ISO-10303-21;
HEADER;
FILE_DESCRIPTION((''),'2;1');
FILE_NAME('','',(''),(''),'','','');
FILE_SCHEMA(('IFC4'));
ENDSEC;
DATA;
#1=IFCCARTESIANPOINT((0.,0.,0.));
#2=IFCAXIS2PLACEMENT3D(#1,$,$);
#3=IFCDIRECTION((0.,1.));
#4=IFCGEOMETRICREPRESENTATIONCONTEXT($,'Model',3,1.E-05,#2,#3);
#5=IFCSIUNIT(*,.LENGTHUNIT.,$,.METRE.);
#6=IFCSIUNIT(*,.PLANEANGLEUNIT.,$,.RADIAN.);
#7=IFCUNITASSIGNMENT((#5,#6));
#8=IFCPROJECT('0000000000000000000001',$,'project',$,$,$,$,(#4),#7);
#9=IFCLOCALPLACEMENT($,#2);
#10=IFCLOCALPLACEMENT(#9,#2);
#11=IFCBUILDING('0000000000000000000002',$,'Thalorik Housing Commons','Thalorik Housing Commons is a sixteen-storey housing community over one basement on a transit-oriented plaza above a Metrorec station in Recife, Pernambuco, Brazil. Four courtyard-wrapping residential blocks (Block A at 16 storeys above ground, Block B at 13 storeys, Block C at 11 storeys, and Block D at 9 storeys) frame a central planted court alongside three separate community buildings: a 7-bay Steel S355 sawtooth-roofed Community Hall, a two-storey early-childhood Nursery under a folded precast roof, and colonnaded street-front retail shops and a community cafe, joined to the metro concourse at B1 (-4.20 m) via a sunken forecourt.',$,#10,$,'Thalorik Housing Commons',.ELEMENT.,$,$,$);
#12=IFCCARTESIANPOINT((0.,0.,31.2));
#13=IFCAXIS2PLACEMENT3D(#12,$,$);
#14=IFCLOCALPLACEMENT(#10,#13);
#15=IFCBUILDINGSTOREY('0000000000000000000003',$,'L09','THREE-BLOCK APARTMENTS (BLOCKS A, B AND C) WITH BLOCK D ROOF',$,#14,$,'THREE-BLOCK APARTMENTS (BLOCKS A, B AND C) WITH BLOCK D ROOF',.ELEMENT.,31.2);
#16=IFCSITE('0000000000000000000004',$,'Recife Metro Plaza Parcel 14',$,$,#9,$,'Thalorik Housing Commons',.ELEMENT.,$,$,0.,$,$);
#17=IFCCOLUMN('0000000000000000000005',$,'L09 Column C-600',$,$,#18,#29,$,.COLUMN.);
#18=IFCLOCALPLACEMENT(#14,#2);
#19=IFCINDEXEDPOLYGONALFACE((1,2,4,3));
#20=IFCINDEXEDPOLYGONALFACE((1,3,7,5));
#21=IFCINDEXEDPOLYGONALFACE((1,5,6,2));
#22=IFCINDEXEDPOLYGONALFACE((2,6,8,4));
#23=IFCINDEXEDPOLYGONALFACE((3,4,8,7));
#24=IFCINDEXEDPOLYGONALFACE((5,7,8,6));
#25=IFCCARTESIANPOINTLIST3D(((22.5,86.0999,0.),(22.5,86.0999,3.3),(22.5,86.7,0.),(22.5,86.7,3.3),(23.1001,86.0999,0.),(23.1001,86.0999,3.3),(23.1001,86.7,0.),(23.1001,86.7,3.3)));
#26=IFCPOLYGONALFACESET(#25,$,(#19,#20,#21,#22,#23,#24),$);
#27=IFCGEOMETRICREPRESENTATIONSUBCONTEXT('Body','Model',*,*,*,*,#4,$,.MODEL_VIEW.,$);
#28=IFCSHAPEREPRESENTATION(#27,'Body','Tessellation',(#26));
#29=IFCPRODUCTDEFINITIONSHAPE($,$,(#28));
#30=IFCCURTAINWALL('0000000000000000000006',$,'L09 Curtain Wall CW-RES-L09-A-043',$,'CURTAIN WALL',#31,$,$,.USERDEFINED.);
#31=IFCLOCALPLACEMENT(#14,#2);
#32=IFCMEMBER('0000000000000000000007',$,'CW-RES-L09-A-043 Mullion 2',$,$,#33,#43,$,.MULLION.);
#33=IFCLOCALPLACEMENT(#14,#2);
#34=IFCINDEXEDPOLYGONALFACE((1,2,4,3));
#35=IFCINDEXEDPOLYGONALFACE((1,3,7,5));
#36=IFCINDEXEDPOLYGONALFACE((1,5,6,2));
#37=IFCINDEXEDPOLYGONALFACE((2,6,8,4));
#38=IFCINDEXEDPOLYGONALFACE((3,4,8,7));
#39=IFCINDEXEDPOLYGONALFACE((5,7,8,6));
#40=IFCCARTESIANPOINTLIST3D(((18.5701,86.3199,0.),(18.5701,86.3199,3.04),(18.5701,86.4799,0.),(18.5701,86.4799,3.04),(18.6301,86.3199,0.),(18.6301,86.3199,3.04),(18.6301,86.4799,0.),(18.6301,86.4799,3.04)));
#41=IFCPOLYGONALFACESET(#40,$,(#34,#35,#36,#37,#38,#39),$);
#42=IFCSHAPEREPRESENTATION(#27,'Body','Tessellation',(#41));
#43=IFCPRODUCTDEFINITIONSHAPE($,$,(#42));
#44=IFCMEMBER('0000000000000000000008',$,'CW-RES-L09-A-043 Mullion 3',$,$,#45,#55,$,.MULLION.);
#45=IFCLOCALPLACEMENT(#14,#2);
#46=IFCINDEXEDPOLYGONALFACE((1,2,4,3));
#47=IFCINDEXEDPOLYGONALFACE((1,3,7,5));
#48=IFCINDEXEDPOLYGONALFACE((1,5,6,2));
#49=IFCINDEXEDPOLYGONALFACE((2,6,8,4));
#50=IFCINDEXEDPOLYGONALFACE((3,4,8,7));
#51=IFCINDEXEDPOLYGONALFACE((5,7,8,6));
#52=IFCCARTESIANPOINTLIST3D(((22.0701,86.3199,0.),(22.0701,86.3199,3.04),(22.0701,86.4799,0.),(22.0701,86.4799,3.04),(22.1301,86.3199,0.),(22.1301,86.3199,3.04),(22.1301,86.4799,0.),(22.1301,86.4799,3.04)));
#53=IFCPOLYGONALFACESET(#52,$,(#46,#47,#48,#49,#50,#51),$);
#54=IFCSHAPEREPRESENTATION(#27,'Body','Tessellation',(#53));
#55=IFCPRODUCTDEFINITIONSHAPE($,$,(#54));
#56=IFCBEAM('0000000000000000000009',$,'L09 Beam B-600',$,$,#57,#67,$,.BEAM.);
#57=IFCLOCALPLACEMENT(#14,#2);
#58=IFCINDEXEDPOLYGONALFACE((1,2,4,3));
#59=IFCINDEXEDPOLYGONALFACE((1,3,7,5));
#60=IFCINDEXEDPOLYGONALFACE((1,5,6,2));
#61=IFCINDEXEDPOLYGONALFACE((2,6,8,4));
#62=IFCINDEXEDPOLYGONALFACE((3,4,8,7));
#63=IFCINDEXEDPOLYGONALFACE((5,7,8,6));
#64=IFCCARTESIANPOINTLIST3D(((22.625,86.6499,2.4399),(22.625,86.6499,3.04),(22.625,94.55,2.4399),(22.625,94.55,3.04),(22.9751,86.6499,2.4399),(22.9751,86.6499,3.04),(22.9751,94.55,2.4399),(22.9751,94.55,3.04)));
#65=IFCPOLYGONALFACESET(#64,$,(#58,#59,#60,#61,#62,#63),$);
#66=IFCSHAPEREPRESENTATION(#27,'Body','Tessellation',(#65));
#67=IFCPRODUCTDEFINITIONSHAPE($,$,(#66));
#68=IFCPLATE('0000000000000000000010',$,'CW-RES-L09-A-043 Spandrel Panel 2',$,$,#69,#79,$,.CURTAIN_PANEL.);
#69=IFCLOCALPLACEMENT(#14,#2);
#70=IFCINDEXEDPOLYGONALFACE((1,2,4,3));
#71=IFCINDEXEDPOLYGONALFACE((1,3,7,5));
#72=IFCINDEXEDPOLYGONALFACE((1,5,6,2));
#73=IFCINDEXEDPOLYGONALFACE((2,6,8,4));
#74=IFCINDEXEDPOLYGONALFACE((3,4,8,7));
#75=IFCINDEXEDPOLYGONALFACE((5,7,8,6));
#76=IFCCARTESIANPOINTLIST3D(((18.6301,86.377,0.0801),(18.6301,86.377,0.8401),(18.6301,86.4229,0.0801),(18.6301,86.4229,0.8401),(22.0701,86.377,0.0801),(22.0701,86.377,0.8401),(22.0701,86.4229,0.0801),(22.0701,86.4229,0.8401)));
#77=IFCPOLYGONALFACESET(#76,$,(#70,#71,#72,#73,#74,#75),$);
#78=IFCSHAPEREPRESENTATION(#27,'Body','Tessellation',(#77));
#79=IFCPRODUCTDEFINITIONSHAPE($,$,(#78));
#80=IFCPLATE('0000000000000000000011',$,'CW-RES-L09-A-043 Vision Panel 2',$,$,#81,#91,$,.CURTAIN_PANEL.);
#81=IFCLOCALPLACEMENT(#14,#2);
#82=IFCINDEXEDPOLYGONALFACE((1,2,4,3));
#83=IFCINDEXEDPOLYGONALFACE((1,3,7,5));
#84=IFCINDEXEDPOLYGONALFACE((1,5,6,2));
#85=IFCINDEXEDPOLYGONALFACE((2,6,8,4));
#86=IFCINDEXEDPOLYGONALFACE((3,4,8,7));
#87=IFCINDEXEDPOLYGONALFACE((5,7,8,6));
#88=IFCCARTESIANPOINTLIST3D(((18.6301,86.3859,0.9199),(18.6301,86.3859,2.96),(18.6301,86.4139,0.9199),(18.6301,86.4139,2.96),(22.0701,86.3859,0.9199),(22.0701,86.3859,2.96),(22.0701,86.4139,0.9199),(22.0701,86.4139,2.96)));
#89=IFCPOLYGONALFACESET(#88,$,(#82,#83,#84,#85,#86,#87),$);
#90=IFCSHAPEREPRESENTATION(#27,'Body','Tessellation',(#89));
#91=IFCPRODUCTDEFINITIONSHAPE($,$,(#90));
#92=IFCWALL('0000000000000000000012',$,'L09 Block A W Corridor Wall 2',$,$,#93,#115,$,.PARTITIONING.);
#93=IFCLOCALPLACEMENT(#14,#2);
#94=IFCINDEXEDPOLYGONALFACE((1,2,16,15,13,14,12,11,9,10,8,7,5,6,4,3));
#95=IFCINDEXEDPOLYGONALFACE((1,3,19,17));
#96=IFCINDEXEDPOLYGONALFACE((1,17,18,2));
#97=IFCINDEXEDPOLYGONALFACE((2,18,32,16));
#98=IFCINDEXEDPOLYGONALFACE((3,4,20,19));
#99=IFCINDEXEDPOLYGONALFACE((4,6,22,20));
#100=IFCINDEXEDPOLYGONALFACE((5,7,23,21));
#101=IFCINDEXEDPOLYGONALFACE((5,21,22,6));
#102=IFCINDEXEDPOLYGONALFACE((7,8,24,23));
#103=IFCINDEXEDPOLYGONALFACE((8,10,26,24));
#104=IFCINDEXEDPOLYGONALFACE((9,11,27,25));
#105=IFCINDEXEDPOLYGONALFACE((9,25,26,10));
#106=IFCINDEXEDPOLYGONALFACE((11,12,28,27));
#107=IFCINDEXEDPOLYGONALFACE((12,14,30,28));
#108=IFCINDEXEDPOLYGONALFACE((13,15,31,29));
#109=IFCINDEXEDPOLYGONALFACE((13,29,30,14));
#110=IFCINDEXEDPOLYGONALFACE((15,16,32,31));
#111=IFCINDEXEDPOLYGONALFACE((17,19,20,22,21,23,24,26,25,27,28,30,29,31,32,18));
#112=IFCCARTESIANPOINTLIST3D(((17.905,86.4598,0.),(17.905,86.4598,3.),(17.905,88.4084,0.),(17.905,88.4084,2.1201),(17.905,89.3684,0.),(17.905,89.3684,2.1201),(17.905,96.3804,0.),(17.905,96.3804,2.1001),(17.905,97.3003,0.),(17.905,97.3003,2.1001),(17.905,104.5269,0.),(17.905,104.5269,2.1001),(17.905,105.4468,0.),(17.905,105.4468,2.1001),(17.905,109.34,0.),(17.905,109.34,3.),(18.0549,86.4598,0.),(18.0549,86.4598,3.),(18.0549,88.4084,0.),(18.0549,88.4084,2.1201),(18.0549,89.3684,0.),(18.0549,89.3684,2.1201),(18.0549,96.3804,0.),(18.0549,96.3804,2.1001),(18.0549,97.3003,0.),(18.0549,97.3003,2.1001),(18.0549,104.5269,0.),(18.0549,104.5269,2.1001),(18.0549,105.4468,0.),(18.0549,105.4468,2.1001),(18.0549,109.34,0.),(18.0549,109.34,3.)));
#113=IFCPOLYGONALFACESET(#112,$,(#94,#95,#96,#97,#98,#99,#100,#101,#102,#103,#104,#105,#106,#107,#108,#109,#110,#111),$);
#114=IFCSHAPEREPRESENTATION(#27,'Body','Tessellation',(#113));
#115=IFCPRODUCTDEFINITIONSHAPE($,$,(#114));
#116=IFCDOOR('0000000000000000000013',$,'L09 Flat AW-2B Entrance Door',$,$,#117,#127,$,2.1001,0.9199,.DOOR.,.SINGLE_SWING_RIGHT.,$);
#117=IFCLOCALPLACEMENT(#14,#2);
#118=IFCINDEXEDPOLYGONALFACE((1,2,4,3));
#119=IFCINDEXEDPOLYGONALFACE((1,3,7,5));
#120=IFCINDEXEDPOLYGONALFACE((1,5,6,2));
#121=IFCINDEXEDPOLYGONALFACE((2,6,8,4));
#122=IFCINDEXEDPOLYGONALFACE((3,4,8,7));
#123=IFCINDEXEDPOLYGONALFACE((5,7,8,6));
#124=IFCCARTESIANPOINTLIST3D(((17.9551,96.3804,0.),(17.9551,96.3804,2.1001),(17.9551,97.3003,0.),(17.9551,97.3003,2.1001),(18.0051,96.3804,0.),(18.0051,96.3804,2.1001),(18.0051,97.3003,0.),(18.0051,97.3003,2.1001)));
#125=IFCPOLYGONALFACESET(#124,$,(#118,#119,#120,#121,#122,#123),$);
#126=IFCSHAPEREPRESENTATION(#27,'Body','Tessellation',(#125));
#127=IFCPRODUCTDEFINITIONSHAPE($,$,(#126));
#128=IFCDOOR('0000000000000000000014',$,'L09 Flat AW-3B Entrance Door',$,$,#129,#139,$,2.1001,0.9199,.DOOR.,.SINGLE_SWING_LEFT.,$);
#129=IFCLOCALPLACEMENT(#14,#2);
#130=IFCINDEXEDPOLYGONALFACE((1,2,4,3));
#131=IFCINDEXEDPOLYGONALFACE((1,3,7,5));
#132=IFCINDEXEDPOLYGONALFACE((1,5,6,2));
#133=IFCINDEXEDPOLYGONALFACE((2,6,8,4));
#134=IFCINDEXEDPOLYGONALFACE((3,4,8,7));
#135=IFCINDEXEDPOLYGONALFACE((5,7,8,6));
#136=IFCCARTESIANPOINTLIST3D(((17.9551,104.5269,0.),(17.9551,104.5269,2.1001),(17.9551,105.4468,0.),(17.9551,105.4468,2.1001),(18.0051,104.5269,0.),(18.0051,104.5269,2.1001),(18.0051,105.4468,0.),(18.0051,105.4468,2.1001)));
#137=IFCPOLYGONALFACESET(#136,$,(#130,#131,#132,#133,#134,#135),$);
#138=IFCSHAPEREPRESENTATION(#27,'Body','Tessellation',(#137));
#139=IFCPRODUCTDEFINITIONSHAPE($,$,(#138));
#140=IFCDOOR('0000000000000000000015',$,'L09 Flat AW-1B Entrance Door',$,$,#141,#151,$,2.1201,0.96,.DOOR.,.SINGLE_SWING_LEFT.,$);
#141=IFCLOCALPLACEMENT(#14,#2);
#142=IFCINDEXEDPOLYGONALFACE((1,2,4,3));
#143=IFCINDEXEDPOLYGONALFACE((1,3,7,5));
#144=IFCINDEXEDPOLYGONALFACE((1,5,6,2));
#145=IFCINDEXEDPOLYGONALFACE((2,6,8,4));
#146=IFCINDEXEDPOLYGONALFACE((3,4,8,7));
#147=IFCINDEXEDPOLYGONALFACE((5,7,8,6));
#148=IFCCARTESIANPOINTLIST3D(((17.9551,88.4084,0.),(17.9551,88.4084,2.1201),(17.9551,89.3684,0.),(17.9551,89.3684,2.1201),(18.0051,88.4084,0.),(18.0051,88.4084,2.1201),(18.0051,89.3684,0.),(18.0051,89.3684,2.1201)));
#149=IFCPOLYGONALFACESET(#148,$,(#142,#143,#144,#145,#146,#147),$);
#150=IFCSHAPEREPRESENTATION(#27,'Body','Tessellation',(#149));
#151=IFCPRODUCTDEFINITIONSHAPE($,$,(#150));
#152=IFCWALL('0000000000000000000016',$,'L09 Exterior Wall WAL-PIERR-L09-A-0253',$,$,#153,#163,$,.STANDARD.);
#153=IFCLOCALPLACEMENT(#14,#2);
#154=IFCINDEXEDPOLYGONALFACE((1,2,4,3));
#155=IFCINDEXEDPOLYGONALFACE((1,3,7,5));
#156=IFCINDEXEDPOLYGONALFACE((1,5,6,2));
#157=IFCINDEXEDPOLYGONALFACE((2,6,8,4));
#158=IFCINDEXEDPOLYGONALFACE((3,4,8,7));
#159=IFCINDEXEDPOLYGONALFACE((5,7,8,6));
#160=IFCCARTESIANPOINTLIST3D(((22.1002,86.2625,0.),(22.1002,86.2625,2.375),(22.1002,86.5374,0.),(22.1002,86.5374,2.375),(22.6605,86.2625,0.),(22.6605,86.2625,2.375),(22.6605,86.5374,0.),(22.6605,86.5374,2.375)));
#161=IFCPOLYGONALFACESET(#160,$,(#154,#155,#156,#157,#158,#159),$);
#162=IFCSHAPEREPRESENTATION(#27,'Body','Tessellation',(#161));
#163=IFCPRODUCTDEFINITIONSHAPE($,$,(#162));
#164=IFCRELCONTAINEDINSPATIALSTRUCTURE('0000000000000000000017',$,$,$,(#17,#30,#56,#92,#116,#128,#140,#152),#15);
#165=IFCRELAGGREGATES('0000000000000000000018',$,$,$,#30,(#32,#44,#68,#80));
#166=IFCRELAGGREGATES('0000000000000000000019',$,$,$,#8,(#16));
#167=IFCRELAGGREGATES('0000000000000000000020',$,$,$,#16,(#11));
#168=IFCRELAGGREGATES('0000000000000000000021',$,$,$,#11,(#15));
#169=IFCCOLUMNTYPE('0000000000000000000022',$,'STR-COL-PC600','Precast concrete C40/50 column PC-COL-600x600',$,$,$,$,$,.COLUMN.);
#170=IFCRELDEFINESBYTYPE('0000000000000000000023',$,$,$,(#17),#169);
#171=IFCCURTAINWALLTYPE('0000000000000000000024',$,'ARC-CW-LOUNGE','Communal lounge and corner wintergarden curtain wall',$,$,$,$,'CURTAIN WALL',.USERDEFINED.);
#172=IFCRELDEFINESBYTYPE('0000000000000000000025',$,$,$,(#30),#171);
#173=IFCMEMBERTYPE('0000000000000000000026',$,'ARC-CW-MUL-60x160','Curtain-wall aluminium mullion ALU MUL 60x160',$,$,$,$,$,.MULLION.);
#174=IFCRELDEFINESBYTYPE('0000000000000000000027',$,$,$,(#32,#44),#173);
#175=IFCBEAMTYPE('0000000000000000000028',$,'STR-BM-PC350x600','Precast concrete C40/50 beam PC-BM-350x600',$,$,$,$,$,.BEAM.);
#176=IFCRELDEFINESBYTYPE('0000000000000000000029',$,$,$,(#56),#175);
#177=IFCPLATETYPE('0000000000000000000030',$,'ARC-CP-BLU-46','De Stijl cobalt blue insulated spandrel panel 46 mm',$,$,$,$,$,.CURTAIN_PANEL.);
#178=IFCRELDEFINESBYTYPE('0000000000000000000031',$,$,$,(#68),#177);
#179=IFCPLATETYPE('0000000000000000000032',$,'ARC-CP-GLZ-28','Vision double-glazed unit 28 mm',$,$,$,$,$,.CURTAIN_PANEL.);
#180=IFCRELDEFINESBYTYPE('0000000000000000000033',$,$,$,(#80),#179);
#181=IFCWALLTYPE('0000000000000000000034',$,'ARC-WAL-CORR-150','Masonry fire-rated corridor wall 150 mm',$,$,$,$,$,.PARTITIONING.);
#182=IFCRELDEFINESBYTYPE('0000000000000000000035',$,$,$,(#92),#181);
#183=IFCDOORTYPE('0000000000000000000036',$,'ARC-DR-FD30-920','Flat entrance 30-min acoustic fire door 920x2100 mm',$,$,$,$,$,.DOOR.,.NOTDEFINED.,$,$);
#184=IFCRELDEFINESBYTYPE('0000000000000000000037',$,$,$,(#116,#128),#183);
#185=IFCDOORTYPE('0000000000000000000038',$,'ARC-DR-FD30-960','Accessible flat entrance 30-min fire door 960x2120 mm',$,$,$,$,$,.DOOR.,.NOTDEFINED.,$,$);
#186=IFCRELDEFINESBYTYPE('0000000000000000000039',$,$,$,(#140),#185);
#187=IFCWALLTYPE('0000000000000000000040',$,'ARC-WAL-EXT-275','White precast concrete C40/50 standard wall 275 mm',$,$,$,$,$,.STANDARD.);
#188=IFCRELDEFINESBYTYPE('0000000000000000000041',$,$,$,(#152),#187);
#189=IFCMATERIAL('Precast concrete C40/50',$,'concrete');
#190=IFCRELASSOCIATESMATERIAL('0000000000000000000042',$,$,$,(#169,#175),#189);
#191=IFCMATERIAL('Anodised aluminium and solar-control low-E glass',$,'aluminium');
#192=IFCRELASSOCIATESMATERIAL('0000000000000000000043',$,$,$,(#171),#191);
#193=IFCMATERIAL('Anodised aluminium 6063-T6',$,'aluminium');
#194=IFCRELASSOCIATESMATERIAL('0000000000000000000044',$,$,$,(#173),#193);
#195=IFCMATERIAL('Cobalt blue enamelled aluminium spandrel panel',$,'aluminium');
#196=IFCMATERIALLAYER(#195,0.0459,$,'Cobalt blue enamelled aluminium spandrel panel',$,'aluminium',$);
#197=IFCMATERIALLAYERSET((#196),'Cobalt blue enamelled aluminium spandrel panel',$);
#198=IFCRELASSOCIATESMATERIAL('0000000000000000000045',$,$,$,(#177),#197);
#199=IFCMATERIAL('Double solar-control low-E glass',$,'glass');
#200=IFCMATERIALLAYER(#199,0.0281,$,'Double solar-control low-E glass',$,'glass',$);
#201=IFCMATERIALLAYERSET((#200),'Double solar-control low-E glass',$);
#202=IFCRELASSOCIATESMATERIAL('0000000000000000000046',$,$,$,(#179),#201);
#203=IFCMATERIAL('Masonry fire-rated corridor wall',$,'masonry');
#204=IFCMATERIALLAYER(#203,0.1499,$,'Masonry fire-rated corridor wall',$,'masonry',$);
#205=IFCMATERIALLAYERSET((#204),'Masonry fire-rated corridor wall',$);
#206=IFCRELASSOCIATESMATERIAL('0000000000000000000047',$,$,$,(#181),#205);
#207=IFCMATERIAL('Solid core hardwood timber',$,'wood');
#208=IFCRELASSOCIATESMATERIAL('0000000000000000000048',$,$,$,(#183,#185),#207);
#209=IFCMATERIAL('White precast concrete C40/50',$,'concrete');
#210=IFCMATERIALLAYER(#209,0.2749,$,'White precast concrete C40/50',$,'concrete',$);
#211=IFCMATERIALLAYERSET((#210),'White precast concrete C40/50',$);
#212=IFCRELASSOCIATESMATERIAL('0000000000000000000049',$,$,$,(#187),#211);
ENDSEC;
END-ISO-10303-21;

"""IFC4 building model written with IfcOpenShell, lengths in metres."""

from ifc_helpers import new_model, si_unit, direction, frame, frame_2d, origin, origin_2d, place, context, subcontext, project, spatial, rectangle, extrude, material, layer, layer_set, material_profile, profile_set, type_object, element, fill, aggregate, save


model = new_model("IFC4")

# Units and contexts
model_context = context("Model", 3, precision=1e-05, world=origin(), true_north=direction((0.0, 1.0)))
body_context = subcontext(model_context, "Body", "Model", "MODEL_VIEW")
ifc_project = project(units=[si_unit("LENGTHUNIT", "METRE"), si_unit("PLANEANGLEUNIT", "RADIAN")], contexts=[model_context])

# Site, building, storey
site_placement = place(None, origin())
site = spatial("IfcSite", under=ifc_project, at=site_placement, Name="Recife Metro Plaza Parcel 14", LongName="Thalorik Housing Commons", CompositionType="ELEMENT", RefElevation=0.0)
building_placement = place(site_placement, origin())
building = spatial("IfcBuilding", under=site, at=building_placement, Name="Thalorik Housing Commons", Description="Thalorik Housing Commons is a sixteen-storey housing community over one basement on a transit-oriented plaza above a Metrorec station in Recife, Pernambuco, Brazil. Four courtyard-wrapping residential blocks (Block A at 16 storeys above ground, Block B at 13 storeys, Block C at 11 storeys, and Block D at 9 storeys) frame a central planted court alongside three separate community buildings: a 7-bay Steel S355 sawtooth-roofed Community Hall, a two-storey early-childhood Nursery under a folded precast roof, and colonnaded street-front retail shops and a community cafe, joined to the metro concourse at B1 (-4.20 m) via a sunken forecourt.", LongName="Thalorik Housing Commons", CompositionType="ELEMENT")
storey_placement = place(building_placement, frame((0.0, 0.0, 31.2)))
storey = spatial("IfcBuildingStorey", under=building, at=storey_placement, Name="L09", Description="THREE-BLOCK APARTMENTS (BLOCKS A, B AND C) WITH BLOCK D ROOF", LongName="THREE-BLOCK APARTMENTS (BLOCKS A, B AND C) WITH BLOCK D ROOF", CompositionType="ELEMENT", Elevation=31.2)

# Column
ifc_material_1 = material(Name="Precast concrete C40/50", Category="concrete")
ifc_material_profile_1 = material_profile(ifc_material_1, rectangle(XDim=0.6001, YDim=0.6001, at=origin_2d()), Name="PC 600x600", Category="concrete")
ifc_profile_set_1 = profile_set([ifc_material_profile_1], Name="Precast concrete C40/50")
column_type = type_object("IfcColumnType", Name="STR-COL-PC600", Description="Precast concrete C40/50 column PC-COL-600x600", PredefinedType="COLUMN", material=ifc_profile_set_1)
column_placement = place(storey_placement, frame((22.8, 86.3999, 0.0), z_axis=(0.0, 0.0, 1.0), x_axis=(1.0, 0.0, 0.0)))
element("IfcColumn", 1, at=column_placement, inside=storey, type_object=column_type, Name="L09 Column C-600", PredefinedType="COLUMN", context=body_context, shape_type="SweptSolid", body=[
    extrude(rectangle(XDim=0.6001, YDim=0.6001, at=origin_2d()), origin(), (0.0, 0.0, 1.0), 3.3),
])

# Curtain wall, members
ifc_material_2 = material(Name="Anodised aluminium and solar-control low-E glass", Category="aluminium")
curtain_wall_type = type_object("IfcCurtainWallType", Name="ARC-CW-LOUNGE", Description="Communal lounge and corner wintergarden curtain wall", ElementType="CURTAIN WALL", PredefinedType="USERDEFINED", material=ifc_material_2)
curtain_wall_placement = place(storey_placement, origin())
curtain_wall = element("IfcCurtainWall", 2, at=curtain_wall_placement, inside=storey, type_object=curtain_wall_type, Name="L09 Curtain Wall CW-RES-L09-A-043", ObjectType="CURTAIN WALL", PredefinedType="USERDEFINED")
ifc_material_3 = material(Name="Anodised aluminium 6063-T6", Category="aluminium")
ifc_material_profile_2 = material_profile(ifc_material_3, rectangle(XDim=0.0601, YDim=0.1599, at=origin_2d()), Name="ALU MUL 60x160", Category="aluminium")
ifc_profile_set_2 = profile_set([ifc_material_profile_2], Name="Anodised aluminium 6063-T6")
member_type = type_object("IfcMemberType", Name="ARC-CW-MUL-60x160", Description="Curtain-wall aluminium mullion ALU MUL 60x160", PredefinedType="MULLION", material=ifc_profile_set_2)
member_1_placement = place(storey_placement, frame((18.6001, 86.3999, 0.0), z_axis=(0.0, 0.0, 1.0), x_axis=(1.0, 0.0, 0.0)))
member_1 = element("IfcMember", 3, at=member_1_placement, type_object=member_type, Name="CW-RES-L09-A-043 Mullion 2", PredefinedType="MULLION", context=body_context, shape_type="SweptSolid", body=[
    extrude(rectangle(XDim=0.0601, YDim=0.1599, at=origin_2d()), origin(), (0.0, 0.0, 1.0), 3.04),
])
member_2_placement = place(storey_placement, frame((22.1001, 86.3999, 0.0), z_axis=(0.0, 0.0, 1.0), x_axis=(1.0, 0.0, 0.0)))
member_2 = element("IfcMember", 4, at=member_2_placement, type_object=member_type, Name="CW-RES-L09-A-043 Mullion 3", PredefinedType="MULLION", context=body_context, shape_type="SweptSolid", body=[
    extrude(rectangle(XDim=0.0601, YDim=0.1599, at=origin_2d()), origin(), (0.0, 0.0, 1.0), 3.04),
])

# Beam
ifc_material_profile_3 = material_profile(ifc_material_1, rectangle(XDim=0.3501, YDim=0.6001, at=origin_2d()), Name="PC 350x600", Category="concrete")
ifc_profile_set_3 = profile_set([ifc_material_profile_3], Name="Precast concrete C40/50")
beam_type = type_object("IfcBeamType", Name="STR-BM-PC350x600", Description="Precast concrete C40/50 beam PC-BM-350x600", PredefinedType="BEAM", material=ifc_profile_set_3)
beam_placement = place(storey_placement, frame((22.8, 86.6499, 2.74), z_axis=(0.0, 1.0, 0.0), x_axis=(-1.0, 0.0, 0.0)))
element("IfcBeam", 5, at=beam_placement, inside=storey, type_object=beam_type, Name="L09 Beam B-600", PredefinedType="BEAM", context=body_context, shape_type="SweptSolid", body=[
    extrude(rectangle(XDim=0.3501, YDim=0.6001, at=origin_2d()), origin(), (0.0, 0.0, 1.0), 7.9001),
])

# Plates
ifc_material_4 = material(Name="Cobalt blue enamelled aluminium spandrel panel", Category="aluminium")
ifc_layer_1 = layer(ifc_material_4, 0.0459, Name="Cobalt blue enamelled aluminium spandrel panel", Category="aluminium")
ifc_layer_set_1 = layer_set([ifc_layer_1], Name="Cobalt blue enamelled aluminium spandrel panel")
plate_type_1 = type_object("IfcPlateType", Name="ARC-CP-BLU-46", Description="De Stijl cobalt blue insulated spandrel panel 46 mm", PredefinedType="CURTAIN_PANEL", material=ifc_layer_set_1)
plate_1_placement = place(storey_placement, frame((20.3501, 86.3999, 0.0801), z_axis=(0.0, 0.0, 1.0), x_axis=(1.0, 0.0, 0.0)))
plate_1 = element("IfcPlate", 6, at=plate_1_placement, type_object=plate_type_1, Name="CW-RES-L09-A-043 Spandrel Panel 2", PredefinedType="CURTAIN_PANEL", context=body_context, shape_type="SweptSolid", body=[
    extrude(rectangle(XDim=3.4399, YDim=0.0459, at=origin_2d()), origin(), (0.0, 0.0, 1.0), 0.76),
])
ifc_material_5 = material(Name="Double solar-control low-E glass", Category="glass")
ifc_layer_2 = layer(ifc_material_5, 0.0281, Name="Double solar-control low-E glass", Category="glass")
ifc_layer_set_2 = layer_set([ifc_layer_2], Name="Double solar-control low-E glass")
plate_type_2 = type_object("IfcPlateType", Name="ARC-CP-GLZ-28", Description="Vision double-glazed unit 28 mm", PredefinedType="CURTAIN_PANEL", material=ifc_layer_set_2)
plate_2_placement = place(storey_placement, frame((20.3501, 86.3999, 0.9199), z_axis=(0.0, 0.0, 1.0), x_axis=(1.0, 0.0, 0.0)))
plate_2 = element("IfcPlate", 7, at=plate_2_placement, type_object=plate_type_2, Name="CW-RES-L09-A-043 Vision Panel 2", PredefinedType="CURTAIN_PANEL", context=body_context, shape_type="SweptSolid", body=[
    extrude(rectangle(XDim=3.4399, YDim=0.0281, at=origin_2d()), origin(), (0.0, 0.0, 1.0), 2.04),
])
aggregate(curtain_wall, [member_1, member_2, plate_1, plate_2])

# Wall, openings, doors
ifc_material_6 = material(Name="Masonry fire-rated corridor wall", Category="masonry")
ifc_layer_3 = layer(ifc_material_6, 0.1499, Name="Masonry fire-rated corridor wall", Category="masonry")
ifc_layer_set_3 = layer_set([ifc_layer_3], Name="Masonry fire-rated corridor wall")
wall_type_1 = type_object("IfcWallType", Name="ARC-WAL-CORR-150", Description="Masonry fire-rated corridor wall 150 mm", PredefinedType="PARTITIONING", material=ifc_layer_set_3)
wall_1_placement = place(storey_placement, frame((17.98, 86.46, 0.0), z_axis=(0.0, 0.0, 1.0), x_axis=(0.0, 1.0, 0.0)))
wall_1 = element("IfcWall", 8, at=wall_1_placement, inside=storey, type_object=wall_type_1, Name="L09 Block A W Corridor Wall 2", PredefinedType="PARTITIONING", context=body_context, shape_type="SweptSolid", body=[
    extrude(rectangle(XDim=22.8801, YDim=0.1499, at=frame_2d((11.4399, 0.0))), origin(), (0.0, 0.0, 1.0), 3.0),
])
opening_1_placement = place(wall_1_placement, frame((1.9485, 0.0, 0.0)))
opening_1 = element("IfcOpeningElement", 9, at=opening_1_placement, cuts=wall_1, PredefinedType="OPENING", context=body_context, shape_type="SweptSolid", body=[
    extrude(rectangle(XDim=0.96, YDim=2.1201, at=frame_2d((0.48, 1.0601))), frame((0.0, 0.085, 0.0), z_axis=(0.0, -1.0, 0.0), x_axis=(1.0, 0.0, 0.0)), (0.0, 0.0, 1.0), 0.1699),
])
opening_2_placement = place(wall_1_placement, frame((9.9204, 0.0, 0.0)))
opening_2 = element("IfcOpeningElement", 10, at=opening_2_placement, cuts=wall_1, PredefinedType="OPENING", context=body_context, shape_type="SweptSolid", body=[
    extrude(rectangle(XDim=0.9199, YDim=2.1001, at=frame_2d((0.46, 1.05))), frame((0.0, 0.085, 0.0), z_axis=(0.0, -1.0, 0.0), x_axis=(1.0, 0.0, 0.0)), (0.0, 0.0, 1.0), 0.1699),
])
opening_3_placement = place(wall_1_placement, frame((18.0669, 0.0, 0.0)))
opening_3 = element("IfcOpeningElement", 11, at=opening_3_placement, cuts=wall_1, PredefinedType="OPENING", context=body_context, shape_type="SweptSolid", body=[
    extrude(rectangle(XDim=0.9199, YDim=2.1001, at=frame_2d((0.46, 1.05))), frame((0.0, 0.085, 0.0), z_axis=(0.0, -1.0, 0.0), x_axis=(1.0, 0.0, 0.0)), (0.0, 0.0, 1.0), 0.1699),
])
ifc_material_7 = material(Name="Solid core hardwood timber", Category="wood")
door_type_1 = type_object("IfcDoorType", Name="ARC-DR-FD30-920", Description="Flat entrance 30-min acoustic fire door 920x2100 mm", OperationType="NOTDEFINED", PredefinedType="DOOR", material=ifc_material_7)
door_1_placement = place(opening_2_placement, origin())
door_1 = element("IfcDoor", 12, at=door_1_placement, inside=storey, type_object=door_type_1, Name="L09 Flat AW-2B Entrance Door", OperationType="SINGLE_SWING_RIGHT", OverallHeight=2.1001, OverallWidth=0.9199, PredefinedType="DOOR", context=body_context, shape_type="SweptSolid", body=[
    extrude(rectangle(XDim=0.9199, YDim=2.1001, at=frame_2d((0.46, 1.05))), frame((0.0, 0.0249, 0.0), z_axis=(0.0, -1.0, 0.0), x_axis=(1.0, 0.0, 0.0)), (0.0, 0.0, 1.0), 0.05),
])
fill(opening_2, door_1)
door_2_placement = place(opening_3_placement, origin())
door_2 = element("IfcDoor", 13, at=door_2_placement, inside=storey, type_object=door_type_1, Name="L09 Flat AW-3B Entrance Door", OperationType="SINGLE_SWING_LEFT", OverallHeight=2.1001, OverallWidth=0.9199, PredefinedType="DOOR", context=body_context, shape_type="SweptSolid", body=[
    extrude(rectangle(XDim=0.9199, YDim=2.1001, at=frame_2d((0.46, 1.05))), frame((0.0, 0.0249, 0.0), z_axis=(0.0, -1.0, 0.0), x_axis=(1.0, 0.0, 0.0)), (0.0, 0.0, 1.0), 0.05),
])
fill(opening_3, door_2)
door_type_2 = type_object("IfcDoorType", Name="ARC-DR-FD30-960", Description="Accessible flat entrance 30-min fire door 960x2120 mm", OperationType="NOTDEFINED", PredefinedType="DOOR", material=ifc_material_7)
door_3_placement = place(opening_1_placement, origin())
door_3 = element("IfcDoor", 14, at=door_3_placement, inside=storey, type_object=door_type_2, Name="L09 Flat AW-1B Entrance Door", OperationType="SINGLE_SWING_LEFT", OverallHeight=2.1201, OverallWidth=0.96, PredefinedType="DOOR", context=body_context, shape_type="SweptSolid", body=[
    extrude(rectangle(XDim=0.96, YDim=2.1201, at=frame_2d((0.48, 1.0601))), frame((0.0, 0.0249, 0.0), z_axis=(0.0, -1.0, 0.0), x_axis=(1.0, 0.0, 0.0)), (0.0, 0.0, 1.0), 0.05),
])
fill(opening_1, door_3)

# Wall
ifc_material_8 = material(Name="White precast concrete C40/50", Category="concrete")
ifc_layer_4 = layer(ifc_material_8, 0.2749, Name="White precast concrete C40/50", Category="concrete")
ifc_layer_set_4 = layer_set([ifc_layer_4], Name="White precast concrete C40/50")
wall_type_2 = type_object("IfcWallType", Name="ARC-WAL-EXT-275", Description="White precast concrete C40/50 standard wall 275 mm", PredefinedType="STANDARD", material=ifc_layer_set_4)
wall_2_placement = place(storey_placement, frame((22.1001, 86.3999, 0.0), z_axis=(0.0, 0.0, 1.0), x_axis=(1.0, 0.0, 0.0)))
element("IfcWall", 15, at=wall_2_placement, inside=storey, type_object=wall_type_2, Name="L09 Exterior Wall WAL-PIERR-L09-A-0253", PredefinedType="STANDARD", context=body_context, shape_type="SweptSolid", body=[
    extrude(rectangle(XDim=0.5603, YDim=0.2749, at=frame_2d((0.2803, 0.0))), origin(), (0.0, 0.0, 1.0), 2.375),
])

save(model, "model.ifc")
